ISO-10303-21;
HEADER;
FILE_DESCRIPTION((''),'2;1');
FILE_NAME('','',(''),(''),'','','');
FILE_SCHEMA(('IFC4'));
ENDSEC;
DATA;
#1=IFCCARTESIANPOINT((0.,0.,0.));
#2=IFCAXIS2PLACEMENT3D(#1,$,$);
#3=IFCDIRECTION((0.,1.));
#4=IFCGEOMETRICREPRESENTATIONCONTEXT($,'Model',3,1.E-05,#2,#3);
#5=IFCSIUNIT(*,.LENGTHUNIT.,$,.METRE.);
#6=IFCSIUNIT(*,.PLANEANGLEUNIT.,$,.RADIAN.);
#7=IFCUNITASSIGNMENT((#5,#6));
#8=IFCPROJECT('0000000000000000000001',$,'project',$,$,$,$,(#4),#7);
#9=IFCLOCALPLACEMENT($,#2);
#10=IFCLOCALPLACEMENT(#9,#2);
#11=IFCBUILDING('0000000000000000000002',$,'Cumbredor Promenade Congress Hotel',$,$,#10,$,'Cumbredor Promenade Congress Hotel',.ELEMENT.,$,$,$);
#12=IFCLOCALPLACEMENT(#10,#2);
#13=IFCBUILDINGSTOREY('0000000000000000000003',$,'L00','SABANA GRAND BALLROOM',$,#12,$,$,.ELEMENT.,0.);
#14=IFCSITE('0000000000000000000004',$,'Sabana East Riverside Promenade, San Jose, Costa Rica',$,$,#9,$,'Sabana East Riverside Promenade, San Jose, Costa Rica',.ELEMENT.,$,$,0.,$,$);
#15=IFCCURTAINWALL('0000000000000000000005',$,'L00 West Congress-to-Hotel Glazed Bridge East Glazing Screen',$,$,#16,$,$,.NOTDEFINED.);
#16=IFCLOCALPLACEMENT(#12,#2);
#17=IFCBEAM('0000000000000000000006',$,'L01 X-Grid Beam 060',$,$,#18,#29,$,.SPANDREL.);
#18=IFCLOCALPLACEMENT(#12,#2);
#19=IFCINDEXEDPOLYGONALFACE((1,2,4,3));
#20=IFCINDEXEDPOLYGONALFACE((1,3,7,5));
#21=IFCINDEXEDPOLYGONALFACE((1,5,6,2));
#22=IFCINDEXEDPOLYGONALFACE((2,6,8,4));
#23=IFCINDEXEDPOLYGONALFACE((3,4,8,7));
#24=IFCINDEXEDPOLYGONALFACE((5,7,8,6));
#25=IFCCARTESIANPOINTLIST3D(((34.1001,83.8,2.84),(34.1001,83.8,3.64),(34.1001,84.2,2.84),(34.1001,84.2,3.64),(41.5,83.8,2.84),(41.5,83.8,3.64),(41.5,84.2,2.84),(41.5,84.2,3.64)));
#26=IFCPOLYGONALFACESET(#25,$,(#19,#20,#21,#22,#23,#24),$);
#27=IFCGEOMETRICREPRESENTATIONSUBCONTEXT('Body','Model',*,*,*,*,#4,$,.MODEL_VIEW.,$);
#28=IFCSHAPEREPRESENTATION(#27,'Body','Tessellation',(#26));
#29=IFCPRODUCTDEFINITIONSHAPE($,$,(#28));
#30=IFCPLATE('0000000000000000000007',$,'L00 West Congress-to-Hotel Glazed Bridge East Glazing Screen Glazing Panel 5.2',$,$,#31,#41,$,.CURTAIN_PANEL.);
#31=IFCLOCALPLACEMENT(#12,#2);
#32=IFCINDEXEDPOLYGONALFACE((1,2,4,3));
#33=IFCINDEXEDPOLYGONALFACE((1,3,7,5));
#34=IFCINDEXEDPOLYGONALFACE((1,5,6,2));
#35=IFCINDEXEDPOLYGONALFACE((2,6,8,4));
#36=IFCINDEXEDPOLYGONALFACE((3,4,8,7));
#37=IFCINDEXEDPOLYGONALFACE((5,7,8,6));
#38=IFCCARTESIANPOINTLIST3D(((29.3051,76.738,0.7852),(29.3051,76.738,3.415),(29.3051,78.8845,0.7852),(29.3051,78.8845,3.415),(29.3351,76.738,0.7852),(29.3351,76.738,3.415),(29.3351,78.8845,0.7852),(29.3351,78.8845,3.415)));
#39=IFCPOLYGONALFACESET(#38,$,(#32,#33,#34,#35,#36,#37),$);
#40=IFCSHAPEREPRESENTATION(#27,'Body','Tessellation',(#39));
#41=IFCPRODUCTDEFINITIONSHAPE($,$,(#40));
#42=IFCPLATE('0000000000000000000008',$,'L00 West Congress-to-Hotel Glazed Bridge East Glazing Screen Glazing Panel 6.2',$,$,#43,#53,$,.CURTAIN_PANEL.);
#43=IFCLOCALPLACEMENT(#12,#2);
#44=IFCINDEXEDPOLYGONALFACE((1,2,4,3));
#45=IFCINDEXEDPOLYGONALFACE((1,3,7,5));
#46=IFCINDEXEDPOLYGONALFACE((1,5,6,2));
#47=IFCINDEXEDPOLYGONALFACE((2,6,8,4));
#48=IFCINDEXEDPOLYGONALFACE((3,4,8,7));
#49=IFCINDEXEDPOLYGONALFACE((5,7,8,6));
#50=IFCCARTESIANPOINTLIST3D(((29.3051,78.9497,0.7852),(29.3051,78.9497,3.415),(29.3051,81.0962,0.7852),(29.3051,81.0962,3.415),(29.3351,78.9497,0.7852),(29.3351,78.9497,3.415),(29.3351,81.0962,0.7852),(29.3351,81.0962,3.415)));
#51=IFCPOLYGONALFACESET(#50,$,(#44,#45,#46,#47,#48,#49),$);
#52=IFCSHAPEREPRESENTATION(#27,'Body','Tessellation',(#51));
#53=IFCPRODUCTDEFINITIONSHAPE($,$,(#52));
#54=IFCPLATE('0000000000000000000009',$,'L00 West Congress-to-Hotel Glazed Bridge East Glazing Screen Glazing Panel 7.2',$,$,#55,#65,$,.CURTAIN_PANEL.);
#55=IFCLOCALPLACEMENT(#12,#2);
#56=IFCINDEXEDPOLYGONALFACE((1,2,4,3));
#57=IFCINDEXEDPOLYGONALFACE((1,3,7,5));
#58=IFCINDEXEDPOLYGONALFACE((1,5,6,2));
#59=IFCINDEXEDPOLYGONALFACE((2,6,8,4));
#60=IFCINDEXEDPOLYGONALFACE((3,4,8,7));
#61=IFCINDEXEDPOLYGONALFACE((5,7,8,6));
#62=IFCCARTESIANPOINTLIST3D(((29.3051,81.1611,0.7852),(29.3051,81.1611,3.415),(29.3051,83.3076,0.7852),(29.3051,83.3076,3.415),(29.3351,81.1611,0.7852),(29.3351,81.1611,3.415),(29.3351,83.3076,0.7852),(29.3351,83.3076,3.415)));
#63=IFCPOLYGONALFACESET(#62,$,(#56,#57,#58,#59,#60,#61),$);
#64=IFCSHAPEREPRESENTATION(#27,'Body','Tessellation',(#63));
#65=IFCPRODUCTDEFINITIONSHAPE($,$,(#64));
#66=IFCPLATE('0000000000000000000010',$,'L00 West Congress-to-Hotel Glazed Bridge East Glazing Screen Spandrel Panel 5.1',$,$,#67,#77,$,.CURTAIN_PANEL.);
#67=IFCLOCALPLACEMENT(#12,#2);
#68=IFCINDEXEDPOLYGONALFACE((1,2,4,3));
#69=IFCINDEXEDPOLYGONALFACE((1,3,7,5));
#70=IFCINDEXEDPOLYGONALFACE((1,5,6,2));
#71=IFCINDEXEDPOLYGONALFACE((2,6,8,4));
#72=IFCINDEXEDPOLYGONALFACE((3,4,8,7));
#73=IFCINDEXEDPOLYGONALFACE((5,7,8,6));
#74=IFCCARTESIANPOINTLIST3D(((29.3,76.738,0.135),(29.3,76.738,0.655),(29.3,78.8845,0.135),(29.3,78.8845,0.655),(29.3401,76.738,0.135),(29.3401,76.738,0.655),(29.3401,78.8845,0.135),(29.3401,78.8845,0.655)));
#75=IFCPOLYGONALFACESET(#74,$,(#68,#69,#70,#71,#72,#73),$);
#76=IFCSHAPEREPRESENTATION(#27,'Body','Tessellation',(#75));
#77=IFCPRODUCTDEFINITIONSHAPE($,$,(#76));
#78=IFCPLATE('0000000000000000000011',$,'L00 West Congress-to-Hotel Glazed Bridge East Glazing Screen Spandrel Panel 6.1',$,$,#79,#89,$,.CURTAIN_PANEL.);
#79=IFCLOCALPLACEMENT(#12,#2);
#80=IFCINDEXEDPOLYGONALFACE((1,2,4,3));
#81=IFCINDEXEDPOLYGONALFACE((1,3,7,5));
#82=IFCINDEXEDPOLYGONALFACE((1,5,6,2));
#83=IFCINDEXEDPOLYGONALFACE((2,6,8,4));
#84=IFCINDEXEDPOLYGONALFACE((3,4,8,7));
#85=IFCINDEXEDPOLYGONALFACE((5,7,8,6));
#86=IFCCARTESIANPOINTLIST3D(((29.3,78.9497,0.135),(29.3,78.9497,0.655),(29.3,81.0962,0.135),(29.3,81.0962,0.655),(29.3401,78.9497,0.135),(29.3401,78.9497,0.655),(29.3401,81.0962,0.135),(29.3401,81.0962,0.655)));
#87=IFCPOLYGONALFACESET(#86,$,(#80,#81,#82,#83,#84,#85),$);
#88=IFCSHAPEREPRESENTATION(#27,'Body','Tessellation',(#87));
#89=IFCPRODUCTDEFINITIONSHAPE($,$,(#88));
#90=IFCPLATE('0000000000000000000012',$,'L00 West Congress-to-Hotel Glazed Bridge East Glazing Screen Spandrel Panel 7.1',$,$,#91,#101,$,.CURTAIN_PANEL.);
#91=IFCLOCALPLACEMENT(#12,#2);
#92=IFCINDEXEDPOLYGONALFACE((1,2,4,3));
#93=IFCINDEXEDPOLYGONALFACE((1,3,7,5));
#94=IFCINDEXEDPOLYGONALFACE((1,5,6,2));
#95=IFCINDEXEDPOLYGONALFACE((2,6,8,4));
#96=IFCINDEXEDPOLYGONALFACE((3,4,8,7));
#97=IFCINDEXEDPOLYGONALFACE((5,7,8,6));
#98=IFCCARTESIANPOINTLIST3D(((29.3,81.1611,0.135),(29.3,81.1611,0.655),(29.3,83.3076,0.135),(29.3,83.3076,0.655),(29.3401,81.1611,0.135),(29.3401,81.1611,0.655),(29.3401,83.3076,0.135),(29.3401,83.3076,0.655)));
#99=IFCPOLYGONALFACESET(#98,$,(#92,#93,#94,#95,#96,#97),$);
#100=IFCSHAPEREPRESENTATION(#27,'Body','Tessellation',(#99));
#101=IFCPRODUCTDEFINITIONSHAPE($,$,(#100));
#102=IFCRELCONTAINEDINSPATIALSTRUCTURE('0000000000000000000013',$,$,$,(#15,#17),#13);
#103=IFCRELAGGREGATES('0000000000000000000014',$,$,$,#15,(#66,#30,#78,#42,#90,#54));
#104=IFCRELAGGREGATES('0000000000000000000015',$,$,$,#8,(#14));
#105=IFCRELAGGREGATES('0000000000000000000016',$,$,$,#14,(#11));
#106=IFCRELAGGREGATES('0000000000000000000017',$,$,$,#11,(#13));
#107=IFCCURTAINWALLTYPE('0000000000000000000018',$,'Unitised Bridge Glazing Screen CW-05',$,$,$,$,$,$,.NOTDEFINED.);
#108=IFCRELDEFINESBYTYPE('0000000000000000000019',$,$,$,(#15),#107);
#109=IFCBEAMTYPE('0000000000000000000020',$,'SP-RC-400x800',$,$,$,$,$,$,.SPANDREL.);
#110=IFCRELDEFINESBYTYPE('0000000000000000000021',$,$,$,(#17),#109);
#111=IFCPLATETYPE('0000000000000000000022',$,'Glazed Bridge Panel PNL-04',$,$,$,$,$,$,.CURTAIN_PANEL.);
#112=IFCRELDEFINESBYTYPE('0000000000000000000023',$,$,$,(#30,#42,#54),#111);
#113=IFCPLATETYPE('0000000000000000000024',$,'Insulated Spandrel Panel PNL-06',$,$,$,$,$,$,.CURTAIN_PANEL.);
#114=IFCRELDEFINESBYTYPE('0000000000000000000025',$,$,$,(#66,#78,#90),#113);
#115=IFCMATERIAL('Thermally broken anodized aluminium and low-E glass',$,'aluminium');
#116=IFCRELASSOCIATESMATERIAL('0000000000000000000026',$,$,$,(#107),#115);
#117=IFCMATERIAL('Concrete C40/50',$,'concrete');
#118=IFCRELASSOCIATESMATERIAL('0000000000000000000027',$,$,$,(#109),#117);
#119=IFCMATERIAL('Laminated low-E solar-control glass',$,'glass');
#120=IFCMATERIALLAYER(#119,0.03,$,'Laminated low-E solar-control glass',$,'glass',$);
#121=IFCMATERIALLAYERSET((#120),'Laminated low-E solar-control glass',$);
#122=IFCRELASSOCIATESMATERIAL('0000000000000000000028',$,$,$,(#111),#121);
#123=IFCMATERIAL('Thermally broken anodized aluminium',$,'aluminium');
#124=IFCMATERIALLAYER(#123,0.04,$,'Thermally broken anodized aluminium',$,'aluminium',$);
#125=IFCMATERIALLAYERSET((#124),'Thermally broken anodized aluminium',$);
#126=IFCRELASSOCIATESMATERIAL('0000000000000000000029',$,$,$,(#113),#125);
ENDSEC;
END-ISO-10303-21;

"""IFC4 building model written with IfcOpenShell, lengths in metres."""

from ifc_helpers import new_model, si_unit, direction, frame, origin, origin_2d, place, context, subcontext, project, spatial, rectangle, extrude, material, layer, layer_set, material_profile, profile_set, type_object, element, aggregate, save


model = new_model("IFC4")

# Units and contexts
model_context = context("Model", 3, precision=1e-05, world=origin(), true_north=direction((0.0, 1.0)))
body_context = subcontext(model_context, "Body", "Model", "MODEL_VIEW")
ifc_project = project(units=[si_unit("LENGTHUNIT", "METRE"), si_unit("PLANEANGLEUNIT", "RADIAN")], contexts=[model_context])

# Site, building, storey
site_placement = place(None, origin())
site = spatial("IfcSite", under=ifc_project, at=site_placement, Name="Sabana East Riverside Promenade, San Jose, Costa Rica", LongName="Sabana East Riverside Promenade, San Jose, Costa Rica", CompositionType="ELEMENT", RefElevation=0.0)
building_placement = place(site_placement, origin())
building = spatial("IfcBuilding", under=site, at=building_placement, Name="Cumbredor Promenade Congress Hotel", LongName="Cumbredor Promenade Congress Hotel", CompositionType="ELEMENT")
storey_placement = place(building_placement, origin())
storey = spatial("IfcBuildingStorey", under=building, at=storey_placement, Name="L00", Description="SABANA GRAND BALLROOM", CompositionType="ELEMENT", Elevation=0.0)

# Curtain wall
ifc_material_1 = material(Name="Thermally broken anodized aluminium and low-E glass", Category="aluminium")
curtain_wall_type_1 = type_object("IfcCurtainWallType", Name="Unitised Bridge Glazing Screen CW-05", PredefinedType="NOTDEFINED", material=ifc_material_1)
curtain_wall_1_placement = place(storey_placement, origin())
curtain_wall_1 = element("IfcCurtainWall", 1, at=curtain_wall_1_placement, inside=storey, type_object=curtain_wall_type_1, Name="L00 West Congress-to-Hotel Glazed Bridge East Glazing Screen", PredefinedType="NOTDEFINED")
ifc_material_2 = material(Name="Thermally broken anodized aluminium", Category="aluminium")

# Beam
ifc_material_3 = material(Name="Concrete C40/50", Category="concrete")
ifc_material_profile_1 = material_profile(ifc_material_3, rectangle(XDim=0.3999, YDim=0.8, at=origin_2d()), Name="RC SPANDREL 400x800")
ifc_profile_set_1 = profile_set([ifc_material_profile_1], Name="Concrete C40/50")
beam_type = type_object("IfcBeamType", Name="SP-RC-400x800", PredefinedType="SPANDREL", material=ifc_profile_set_1)
beam_placement = place(storey_placement, frame((34.1001, 84.0, 3.24), z_axis=(1.0, 0.0, 0.0), x_axis=(0.0, 1.0, 0.0)))
element("IfcBeam", 2, at=beam_placement, inside=storey, type_object=beam_type, Name="L01 X-Grid Beam 060", PredefinedType="SPANDREL", context=body_context, shape_type="SweptSolid", body=[
    extrude(rectangle(XDim=0.3999, YDim=0.8, at=origin_2d()), origin(), (0.0, 0.0, 1.0), 7.3999),
])

# Plates
ifc_material_4 = material(Name="Laminated low-E solar-control glass", Category="glass")
ifc_layer_1 = layer(ifc_material_4, 0.03, Name="Laminated low-E solar-control glass", Category="glass")
ifc_layer_set_1 = layer_set([ifc_layer_1], Name="Laminated low-E solar-control glass")
plate_type_1 = type_object("IfcPlateType", Name="Glazed Bridge Panel PNL-04", PredefinedType="CURTAIN_PANEL", material=ifc_layer_set_1)
plate_1_placement = place(storey_placement, frame((29.3201, 77.8113, 0.7852), z_axis=(0.0, 0.0, 1.0), x_axis=(0.0, 1.0, 0.0)))
plate_1 = element("IfcPlate", 3, at=plate_1_placement, type_object=plate_type_1, Name="L00 West Congress-to-Hotel Glazed Bridge East Glazing Screen Glazing Panel 5.2", PredefinedType="CURTAIN_PANEL", context=body_context, shape_type="SweptSolid", body=[
    extrude(rectangle(XDim=2.1465, YDim=0.03, at=origin_2d()), origin(), (0.0, 0.0, 1.0), 2.6299),
])
plate_2_placement = place(storey_placement, frame((29.3201, 80.0229, 0.7852), z_axis=(0.0, 0.0, 1.0), x_axis=(0.0, 1.0, 0.0)))
plate_2 = element("IfcPlate", 4, at=plate_2_placement, type_object=plate_type_1, Name="L00 West Congress-to-Hotel Glazed Bridge East Glazing Screen Glazing Panel 6.2", PredefinedType="CURTAIN_PANEL", context=body_context, shape_type="SweptSolid", body=[
    extrude(rectangle(XDim=2.1465, YDim=0.03, at=origin_2d()), origin(), (0.0, 0.0, 1.0), 2.6299),
])
plate_3_placement = place(storey_placement, frame((29.3201, 82.2344, 0.7852), z_axis=(0.0, 0.0, 1.0), x_axis=(0.0, 1.0, 0.0)))
plate_3 = element("IfcPlate", 5, at=plate_3_placement, type_object=plate_type_1, Name="L00 West Congress-to-Hotel Glazed Bridge East Glazing Screen Glazing Panel 7.2", PredefinedType="CURTAIN_PANEL", context=body_context, shape_type="SweptSolid", body=[
    extrude(rectangle(XDim=2.1465, YDim=0.03, at=origin_2d()), origin(), (0.0, 0.0, 1.0), 2.6299),
])
ifc_layer_2 = layer(ifc_material_2, 0.04, Name="Thermally broken anodized aluminium", Category="aluminium")
ifc_layer_set_2 = layer_set([ifc_layer_2], Name="Thermally broken anodized aluminium")
plate_type_2 = type_object("IfcPlateType", Name="Insulated Spandrel Panel PNL-06", PredefinedType="CURTAIN_PANEL", material=ifc_layer_set_2)
plate_4_placement = place(storey_placement, frame((29.3201, 77.8113, 0.135), z_axis=(0.0, 0.0, 1.0), x_axis=(0.0, 1.0, 0.0)))
plate_4 = element("IfcPlate", 6, at=plate_4_placement, type_object=plate_type_2, Name="L00 West Congress-to-Hotel Glazed Bridge East Glazing Screen Spandrel Panel 5.1", PredefinedType="CURTAIN_PANEL", context=body_context, shape_type="SweptSolid", body=[
    extrude(rectangle(XDim=2.1465, YDim=0.04, at=origin_2d()), origin(), (0.0, 0.0, 1.0), 0.52),
])
plate_5_placement = place(storey_placement, frame((29.3201, 80.0229, 0.135), z_axis=(0.0, 0.0, 1.0), x_axis=(0.0, 1.0, 0.0)))
plate_5 = element("IfcPlate", 7, at=plate_5_placement, type_object=plate_type_2, Name="L00 West Congress-to-Hotel Glazed Bridge East Glazing Screen Spandrel Panel 6.1", PredefinedType="CURTAIN_PANEL", context=body_context, shape_type="SweptSolid", body=[
    extrude(rectangle(XDim=2.1465, YDim=0.04, at=origin_2d()), origin(), (0.0, 0.0, 1.0), 0.52),
])
plate_6_placement = place(storey_placement, frame((29.3201, 82.2344, 0.135), z_axis=(0.0, 0.0, 1.0), x_axis=(0.0, 1.0, 0.0)))
plate_6 = element("IfcPlate", 8, at=plate_6_placement, type_object=plate_type_2, Name="L00 West Congress-to-Hotel Glazed Bridge East Glazing Screen Spandrel Panel 7.1", PredefinedType="CURTAIN_PANEL", context=body_context, shape_type="SweptSolid", body=[
    extrude(rectangle(XDim=2.1465, YDim=0.04, at=origin_2d()), origin(), (0.0, 0.0, 1.0), 0.52),
])
aggregate(curtain_wall_1, [plate_4, plate_1, plate_5, plate_2, plate_6, plate_3])

save(model, "model.ifc")
